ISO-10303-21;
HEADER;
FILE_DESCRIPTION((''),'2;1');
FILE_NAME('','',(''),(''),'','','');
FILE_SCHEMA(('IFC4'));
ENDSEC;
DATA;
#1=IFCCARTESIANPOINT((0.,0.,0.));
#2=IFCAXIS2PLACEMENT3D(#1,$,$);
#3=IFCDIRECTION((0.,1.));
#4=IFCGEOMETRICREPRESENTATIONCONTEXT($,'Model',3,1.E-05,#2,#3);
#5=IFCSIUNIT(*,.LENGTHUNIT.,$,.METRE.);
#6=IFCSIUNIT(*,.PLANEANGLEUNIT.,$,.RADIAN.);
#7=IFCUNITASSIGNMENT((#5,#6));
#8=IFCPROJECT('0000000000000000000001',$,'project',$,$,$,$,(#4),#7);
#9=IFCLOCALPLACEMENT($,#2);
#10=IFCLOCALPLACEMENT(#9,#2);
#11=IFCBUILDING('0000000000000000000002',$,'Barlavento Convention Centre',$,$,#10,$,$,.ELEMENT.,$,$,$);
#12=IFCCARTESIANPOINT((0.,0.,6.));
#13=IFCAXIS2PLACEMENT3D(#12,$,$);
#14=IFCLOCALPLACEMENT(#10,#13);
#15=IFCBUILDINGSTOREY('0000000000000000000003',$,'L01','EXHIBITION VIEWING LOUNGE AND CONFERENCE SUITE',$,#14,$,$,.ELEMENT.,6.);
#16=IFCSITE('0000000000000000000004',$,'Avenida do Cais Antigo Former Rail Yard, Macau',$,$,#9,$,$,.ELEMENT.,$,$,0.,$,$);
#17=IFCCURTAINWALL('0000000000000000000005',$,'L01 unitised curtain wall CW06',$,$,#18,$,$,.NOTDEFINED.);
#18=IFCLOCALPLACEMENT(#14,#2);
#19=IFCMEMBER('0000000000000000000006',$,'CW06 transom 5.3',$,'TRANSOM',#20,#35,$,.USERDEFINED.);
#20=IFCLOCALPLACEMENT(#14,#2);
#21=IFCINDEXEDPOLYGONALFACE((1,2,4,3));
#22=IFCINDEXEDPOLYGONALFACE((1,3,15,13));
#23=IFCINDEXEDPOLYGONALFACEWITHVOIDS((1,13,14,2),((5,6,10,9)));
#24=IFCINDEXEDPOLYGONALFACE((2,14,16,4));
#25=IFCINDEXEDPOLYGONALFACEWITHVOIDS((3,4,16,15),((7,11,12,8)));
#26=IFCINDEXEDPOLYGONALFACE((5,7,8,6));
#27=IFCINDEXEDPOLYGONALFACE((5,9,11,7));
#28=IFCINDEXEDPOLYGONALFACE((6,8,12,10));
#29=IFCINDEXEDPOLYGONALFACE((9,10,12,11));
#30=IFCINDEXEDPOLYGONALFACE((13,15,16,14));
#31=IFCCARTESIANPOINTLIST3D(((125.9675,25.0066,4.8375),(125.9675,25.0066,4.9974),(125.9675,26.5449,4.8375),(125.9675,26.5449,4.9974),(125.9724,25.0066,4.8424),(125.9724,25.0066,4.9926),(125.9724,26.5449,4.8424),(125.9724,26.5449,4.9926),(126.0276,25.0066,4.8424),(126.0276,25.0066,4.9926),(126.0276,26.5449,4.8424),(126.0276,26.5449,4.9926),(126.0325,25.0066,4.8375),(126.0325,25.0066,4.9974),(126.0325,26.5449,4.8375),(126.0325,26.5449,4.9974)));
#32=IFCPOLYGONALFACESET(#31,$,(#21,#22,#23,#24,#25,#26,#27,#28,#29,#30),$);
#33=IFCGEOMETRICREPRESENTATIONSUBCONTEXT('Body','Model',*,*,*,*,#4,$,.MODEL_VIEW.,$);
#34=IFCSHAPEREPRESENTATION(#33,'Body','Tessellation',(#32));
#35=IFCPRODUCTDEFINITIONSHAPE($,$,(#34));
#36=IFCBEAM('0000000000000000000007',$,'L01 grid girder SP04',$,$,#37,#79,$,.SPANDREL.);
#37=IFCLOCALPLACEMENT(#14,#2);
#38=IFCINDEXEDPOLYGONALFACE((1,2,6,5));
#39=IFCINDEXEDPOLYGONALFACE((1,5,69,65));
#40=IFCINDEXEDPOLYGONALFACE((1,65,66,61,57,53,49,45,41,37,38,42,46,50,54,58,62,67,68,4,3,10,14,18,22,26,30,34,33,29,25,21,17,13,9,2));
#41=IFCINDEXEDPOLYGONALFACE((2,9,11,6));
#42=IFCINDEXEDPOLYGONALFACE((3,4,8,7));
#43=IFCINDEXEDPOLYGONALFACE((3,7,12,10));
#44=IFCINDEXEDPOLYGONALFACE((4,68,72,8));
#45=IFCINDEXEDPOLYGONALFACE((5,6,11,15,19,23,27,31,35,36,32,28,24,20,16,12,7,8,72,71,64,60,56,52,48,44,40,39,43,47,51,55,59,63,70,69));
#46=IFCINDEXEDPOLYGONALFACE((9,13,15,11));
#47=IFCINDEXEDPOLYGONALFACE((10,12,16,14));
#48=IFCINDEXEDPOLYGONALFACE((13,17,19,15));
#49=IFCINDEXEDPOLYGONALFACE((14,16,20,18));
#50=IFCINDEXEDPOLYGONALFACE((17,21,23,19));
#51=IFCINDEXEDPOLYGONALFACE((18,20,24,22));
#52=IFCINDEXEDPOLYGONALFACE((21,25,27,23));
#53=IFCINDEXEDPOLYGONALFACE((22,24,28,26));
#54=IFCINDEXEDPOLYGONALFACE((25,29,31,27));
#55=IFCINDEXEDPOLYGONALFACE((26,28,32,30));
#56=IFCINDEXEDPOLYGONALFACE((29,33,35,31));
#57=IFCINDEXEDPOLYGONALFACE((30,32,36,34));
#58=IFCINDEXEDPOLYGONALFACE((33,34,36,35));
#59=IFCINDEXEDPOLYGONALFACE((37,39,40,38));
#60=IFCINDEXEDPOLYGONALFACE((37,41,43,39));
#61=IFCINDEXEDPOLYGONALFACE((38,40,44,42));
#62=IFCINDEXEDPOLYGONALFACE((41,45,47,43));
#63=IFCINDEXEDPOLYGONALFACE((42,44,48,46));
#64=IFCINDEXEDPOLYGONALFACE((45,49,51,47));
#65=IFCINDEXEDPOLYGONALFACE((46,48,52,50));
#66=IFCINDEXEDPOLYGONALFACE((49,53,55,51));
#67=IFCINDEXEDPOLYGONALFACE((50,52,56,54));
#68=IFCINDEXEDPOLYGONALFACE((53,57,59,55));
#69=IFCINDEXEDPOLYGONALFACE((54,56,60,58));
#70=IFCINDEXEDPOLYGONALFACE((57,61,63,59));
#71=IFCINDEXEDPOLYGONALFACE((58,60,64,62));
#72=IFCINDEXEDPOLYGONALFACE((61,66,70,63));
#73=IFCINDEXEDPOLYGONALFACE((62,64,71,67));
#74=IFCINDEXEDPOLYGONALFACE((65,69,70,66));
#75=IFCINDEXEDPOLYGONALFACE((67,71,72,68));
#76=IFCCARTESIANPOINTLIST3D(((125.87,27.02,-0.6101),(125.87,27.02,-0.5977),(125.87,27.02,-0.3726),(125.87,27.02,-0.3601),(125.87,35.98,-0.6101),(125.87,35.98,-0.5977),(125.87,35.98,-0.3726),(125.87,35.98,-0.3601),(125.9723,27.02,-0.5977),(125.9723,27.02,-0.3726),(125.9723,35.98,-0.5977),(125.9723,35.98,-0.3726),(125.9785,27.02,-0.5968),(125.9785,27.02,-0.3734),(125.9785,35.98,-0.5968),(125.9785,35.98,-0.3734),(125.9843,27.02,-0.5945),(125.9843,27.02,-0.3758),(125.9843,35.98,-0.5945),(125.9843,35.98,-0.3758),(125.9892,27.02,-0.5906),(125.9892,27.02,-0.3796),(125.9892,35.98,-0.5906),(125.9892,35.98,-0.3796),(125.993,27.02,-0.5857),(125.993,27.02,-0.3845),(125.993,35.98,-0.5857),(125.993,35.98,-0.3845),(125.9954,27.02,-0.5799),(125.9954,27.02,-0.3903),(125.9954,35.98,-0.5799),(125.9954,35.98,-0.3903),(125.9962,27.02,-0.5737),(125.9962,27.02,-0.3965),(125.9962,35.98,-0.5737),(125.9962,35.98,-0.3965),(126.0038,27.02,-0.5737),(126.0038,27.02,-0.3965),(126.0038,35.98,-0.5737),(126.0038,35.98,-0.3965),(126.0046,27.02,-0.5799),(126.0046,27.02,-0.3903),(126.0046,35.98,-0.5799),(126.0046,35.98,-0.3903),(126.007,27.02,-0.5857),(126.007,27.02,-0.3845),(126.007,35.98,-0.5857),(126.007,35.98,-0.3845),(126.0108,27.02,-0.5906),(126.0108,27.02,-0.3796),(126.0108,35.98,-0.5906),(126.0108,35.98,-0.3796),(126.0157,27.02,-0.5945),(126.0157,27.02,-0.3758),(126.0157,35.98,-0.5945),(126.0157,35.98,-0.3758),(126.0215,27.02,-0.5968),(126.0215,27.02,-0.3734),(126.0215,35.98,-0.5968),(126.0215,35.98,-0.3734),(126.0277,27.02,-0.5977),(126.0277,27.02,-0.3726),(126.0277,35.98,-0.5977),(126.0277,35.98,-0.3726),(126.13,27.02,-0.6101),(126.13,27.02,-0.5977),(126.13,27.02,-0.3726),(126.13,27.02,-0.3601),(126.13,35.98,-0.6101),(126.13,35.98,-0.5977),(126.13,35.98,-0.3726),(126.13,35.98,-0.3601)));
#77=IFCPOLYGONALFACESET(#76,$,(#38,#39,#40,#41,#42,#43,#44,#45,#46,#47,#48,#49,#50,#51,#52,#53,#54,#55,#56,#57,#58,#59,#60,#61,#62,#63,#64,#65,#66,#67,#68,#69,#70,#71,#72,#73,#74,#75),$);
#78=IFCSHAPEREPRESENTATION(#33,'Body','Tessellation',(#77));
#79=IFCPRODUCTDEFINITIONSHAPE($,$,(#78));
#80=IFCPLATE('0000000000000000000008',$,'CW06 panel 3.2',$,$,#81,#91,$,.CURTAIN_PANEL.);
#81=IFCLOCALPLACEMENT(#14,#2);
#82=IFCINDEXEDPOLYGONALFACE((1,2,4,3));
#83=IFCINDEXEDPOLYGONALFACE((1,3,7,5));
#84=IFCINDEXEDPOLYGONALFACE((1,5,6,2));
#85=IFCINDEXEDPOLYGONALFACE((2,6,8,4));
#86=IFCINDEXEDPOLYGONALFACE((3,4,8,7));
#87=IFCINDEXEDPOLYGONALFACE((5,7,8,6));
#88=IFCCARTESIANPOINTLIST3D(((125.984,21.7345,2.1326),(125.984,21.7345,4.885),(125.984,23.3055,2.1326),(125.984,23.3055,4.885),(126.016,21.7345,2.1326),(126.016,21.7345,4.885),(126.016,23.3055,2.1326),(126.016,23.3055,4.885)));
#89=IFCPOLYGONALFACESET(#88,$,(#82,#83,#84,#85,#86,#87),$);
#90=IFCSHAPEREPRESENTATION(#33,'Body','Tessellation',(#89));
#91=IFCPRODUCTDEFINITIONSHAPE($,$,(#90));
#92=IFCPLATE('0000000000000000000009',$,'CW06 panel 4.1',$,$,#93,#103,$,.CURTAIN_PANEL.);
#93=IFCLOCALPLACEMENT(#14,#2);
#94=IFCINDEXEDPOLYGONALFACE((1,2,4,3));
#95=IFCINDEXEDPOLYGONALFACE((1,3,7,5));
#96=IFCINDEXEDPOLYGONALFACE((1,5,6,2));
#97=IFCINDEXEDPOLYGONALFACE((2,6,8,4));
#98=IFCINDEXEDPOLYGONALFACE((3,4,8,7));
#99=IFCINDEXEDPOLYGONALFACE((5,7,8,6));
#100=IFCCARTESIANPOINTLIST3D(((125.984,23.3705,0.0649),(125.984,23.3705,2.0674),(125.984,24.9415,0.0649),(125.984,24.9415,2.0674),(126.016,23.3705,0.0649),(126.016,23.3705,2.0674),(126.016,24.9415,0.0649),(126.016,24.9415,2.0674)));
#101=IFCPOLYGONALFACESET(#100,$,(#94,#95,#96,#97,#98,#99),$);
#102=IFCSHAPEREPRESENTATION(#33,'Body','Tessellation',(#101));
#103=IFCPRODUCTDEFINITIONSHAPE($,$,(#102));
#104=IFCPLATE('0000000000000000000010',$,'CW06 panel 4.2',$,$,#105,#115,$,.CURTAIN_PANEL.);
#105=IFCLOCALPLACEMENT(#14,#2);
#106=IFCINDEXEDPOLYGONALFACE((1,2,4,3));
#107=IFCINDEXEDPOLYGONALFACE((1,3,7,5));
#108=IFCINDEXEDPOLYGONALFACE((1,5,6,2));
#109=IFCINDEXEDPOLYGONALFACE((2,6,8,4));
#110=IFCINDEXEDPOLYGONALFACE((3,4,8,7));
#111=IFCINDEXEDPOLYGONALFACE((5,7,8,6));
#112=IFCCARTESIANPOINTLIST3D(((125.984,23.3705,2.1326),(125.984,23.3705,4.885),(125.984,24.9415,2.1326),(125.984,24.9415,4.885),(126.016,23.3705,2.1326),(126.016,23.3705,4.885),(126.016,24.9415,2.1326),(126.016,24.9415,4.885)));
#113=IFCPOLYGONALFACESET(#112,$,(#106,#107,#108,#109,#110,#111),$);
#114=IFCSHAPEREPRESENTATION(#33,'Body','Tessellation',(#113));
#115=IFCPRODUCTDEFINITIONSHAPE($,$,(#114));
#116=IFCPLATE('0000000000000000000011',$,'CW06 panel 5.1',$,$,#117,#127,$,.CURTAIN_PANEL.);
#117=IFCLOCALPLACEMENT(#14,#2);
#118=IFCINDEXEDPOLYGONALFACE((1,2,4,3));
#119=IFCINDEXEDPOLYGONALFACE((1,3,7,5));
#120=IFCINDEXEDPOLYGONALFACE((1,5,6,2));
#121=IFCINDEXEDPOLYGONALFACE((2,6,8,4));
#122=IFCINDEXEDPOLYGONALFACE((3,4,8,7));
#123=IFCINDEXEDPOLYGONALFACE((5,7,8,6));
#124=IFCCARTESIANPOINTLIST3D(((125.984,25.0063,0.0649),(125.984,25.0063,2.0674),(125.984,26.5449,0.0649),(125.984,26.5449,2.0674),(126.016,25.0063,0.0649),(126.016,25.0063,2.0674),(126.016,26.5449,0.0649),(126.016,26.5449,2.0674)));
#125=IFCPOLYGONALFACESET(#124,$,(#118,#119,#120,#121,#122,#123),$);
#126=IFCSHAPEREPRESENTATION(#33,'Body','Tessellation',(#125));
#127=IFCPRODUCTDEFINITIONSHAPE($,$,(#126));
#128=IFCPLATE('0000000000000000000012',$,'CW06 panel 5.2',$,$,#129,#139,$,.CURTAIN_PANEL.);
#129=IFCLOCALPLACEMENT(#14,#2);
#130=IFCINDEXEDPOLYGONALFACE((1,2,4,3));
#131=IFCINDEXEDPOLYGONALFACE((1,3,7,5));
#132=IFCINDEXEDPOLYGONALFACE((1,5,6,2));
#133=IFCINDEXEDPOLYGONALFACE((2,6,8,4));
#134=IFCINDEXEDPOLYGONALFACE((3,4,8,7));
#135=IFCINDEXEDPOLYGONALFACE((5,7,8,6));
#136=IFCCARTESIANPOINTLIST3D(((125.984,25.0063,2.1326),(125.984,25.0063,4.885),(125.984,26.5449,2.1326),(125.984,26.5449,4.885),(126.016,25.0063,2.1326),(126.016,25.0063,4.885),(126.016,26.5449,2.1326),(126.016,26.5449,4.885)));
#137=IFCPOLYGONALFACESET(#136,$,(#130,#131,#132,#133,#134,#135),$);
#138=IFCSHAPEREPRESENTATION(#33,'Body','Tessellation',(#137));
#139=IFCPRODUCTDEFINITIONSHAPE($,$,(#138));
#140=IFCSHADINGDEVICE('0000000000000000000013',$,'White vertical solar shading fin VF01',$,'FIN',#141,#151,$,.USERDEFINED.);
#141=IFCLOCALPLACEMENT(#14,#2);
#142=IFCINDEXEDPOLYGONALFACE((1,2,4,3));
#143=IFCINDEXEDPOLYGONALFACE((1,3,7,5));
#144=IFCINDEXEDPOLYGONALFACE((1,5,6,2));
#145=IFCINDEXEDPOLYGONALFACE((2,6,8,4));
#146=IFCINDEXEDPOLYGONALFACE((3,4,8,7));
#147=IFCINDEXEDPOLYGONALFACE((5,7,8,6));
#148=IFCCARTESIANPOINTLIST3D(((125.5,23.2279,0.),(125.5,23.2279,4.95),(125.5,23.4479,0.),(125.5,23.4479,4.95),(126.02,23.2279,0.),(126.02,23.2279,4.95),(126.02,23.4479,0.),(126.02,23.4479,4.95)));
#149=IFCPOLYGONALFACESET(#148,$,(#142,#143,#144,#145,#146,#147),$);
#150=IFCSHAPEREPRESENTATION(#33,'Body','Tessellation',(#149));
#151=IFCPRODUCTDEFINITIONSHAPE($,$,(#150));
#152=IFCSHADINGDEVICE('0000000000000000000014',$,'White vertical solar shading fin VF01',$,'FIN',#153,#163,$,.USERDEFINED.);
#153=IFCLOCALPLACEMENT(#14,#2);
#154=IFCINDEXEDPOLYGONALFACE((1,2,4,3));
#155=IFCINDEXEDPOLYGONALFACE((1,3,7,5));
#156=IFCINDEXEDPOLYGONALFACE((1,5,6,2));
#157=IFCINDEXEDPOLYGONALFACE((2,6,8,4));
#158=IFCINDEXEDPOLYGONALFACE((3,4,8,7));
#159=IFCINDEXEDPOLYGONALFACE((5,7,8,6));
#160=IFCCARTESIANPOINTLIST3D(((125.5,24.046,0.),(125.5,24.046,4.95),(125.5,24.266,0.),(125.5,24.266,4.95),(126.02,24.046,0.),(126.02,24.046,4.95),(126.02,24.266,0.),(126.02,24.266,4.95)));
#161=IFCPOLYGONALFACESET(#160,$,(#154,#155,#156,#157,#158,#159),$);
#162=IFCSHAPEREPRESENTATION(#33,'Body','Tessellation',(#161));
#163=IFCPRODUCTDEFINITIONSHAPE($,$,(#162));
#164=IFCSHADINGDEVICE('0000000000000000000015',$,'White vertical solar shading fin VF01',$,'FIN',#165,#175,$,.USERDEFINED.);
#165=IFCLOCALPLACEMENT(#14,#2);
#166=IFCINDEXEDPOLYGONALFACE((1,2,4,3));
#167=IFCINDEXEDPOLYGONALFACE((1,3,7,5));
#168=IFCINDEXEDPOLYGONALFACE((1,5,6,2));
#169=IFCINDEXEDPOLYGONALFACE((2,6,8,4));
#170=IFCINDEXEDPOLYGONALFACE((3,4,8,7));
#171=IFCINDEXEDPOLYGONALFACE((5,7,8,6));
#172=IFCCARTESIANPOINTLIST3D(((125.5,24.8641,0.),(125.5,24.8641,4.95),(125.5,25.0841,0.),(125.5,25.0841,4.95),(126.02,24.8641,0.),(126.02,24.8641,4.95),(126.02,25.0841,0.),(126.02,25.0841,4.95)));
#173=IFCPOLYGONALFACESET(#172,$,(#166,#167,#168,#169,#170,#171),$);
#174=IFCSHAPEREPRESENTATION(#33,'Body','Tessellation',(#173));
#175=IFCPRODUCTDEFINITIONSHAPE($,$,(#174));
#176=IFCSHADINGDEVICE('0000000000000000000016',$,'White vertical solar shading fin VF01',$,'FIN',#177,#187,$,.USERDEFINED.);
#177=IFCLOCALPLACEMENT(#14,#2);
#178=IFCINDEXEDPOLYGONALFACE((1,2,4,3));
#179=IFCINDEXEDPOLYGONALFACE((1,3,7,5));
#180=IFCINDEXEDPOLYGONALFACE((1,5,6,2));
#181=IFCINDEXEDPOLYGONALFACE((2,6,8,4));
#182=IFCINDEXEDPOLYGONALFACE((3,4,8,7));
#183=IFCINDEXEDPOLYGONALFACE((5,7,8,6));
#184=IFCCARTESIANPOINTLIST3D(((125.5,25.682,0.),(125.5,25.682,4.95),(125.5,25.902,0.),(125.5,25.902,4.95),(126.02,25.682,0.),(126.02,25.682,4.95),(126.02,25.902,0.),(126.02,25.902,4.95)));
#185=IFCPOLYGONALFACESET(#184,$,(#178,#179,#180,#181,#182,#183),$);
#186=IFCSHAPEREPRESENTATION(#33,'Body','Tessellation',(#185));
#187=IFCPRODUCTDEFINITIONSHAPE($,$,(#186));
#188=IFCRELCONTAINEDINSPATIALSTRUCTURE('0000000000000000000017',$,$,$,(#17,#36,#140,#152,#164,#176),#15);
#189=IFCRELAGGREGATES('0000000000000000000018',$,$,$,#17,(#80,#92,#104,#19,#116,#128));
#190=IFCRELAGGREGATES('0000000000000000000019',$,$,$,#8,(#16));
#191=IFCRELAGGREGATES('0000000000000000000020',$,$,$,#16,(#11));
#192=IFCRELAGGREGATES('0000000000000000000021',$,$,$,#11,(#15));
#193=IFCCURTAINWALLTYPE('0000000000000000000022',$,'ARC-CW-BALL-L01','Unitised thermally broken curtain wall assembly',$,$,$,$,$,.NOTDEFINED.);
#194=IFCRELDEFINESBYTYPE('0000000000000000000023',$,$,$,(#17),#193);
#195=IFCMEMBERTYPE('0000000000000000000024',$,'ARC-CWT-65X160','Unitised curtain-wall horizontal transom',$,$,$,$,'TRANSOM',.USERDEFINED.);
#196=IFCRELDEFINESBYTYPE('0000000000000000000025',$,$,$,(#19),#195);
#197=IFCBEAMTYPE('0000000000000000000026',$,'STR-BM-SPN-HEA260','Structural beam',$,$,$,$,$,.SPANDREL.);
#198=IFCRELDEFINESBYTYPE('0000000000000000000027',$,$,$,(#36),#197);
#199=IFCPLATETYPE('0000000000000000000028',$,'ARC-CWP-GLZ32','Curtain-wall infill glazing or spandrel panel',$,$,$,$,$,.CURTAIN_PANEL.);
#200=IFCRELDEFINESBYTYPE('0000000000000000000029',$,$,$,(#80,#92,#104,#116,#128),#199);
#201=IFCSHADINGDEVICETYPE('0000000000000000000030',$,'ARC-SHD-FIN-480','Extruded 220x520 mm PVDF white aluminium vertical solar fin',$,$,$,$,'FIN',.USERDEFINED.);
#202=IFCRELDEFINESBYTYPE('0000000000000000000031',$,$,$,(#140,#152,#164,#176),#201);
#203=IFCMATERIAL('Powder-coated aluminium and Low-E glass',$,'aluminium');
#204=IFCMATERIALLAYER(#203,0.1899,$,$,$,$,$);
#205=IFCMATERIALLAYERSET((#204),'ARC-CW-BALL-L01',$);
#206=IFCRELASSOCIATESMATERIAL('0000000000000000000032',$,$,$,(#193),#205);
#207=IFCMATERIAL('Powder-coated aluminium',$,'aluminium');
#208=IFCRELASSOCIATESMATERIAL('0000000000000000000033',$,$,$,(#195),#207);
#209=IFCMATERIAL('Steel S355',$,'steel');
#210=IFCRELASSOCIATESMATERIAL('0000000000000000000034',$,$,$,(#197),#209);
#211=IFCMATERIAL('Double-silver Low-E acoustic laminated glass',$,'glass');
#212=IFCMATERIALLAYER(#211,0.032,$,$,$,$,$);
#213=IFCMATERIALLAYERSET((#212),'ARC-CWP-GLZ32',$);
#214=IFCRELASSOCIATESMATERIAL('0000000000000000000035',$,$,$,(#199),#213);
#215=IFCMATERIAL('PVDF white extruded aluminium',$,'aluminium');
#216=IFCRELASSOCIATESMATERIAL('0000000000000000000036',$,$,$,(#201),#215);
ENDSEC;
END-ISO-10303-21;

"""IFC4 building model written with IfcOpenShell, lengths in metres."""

from ifc_helpers import new_model, si_unit, direction, frame, origin, origin_2d, place, context, subcontext, project, spatial, rectangle, hollow_rectangle, i_section, extrude, material, layer, layer_set, material_profile, profile_set, type_object, element, aggregate, save


model = new_model("IFC4")

# Units and contexts
model_context = context("Model", 3, precision=1e-05, world=origin(), true_north=direction((0.0, 1.0)))
body_context = subcontext(model_context, "Body", "Model", "MODEL_VIEW")
ifc_project = project(units=[si_unit("LENGTHUNIT", "METRE"), si_unit("PLANEANGLEUNIT", "RADIAN")], contexts=[model_context])

# Site, building, storey
site_placement = place(None, origin())
site = spatial("IfcSite", under=ifc_project, at=site_placement, Name="Avenida do Cais Antigo Former Rail Yard, Macau", CompositionType="ELEMENT", RefElevation=0.0)
building_placement = place(site_placement, origin())
building = spatial("IfcBuilding", under=site, at=building_placement, Name="Barlavento Convention Centre", CompositionType="ELEMENT")
storey_placement = place(building_placement, frame((0.0, 0.0, 6.0)))
storey = spatial("IfcBuildingStorey", under=building, at=storey_placement, Name="L01", Description="EXHIBITION VIEWING LOUNGE AND CONFERENCE SUITE", CompositionType="ELEMENT", Elevation=6.0)

# Shared definitions
ifc_material_1 = material(Name="Steel S355", Category="steel")

# Curtain wall, member
ifc_material_2 = material(Name="Powder-coated aluminium and Low-E glass", Category="aluminium")
ifc_layer_1 = layer(ifc_material_2, 0.1899)
ifc_layer_set_1 = layer_set([ifc_layer_1], Name="ARC-CW-BALL-L01")
curtain_wall_type = type_object("IfcCurtainWallType", Name="ARC-CW-BALL-L01", Description="Unitised thermally broken curtain wall assembly", PredefinedType="NOTDEFINED", material=ifc_layer_set_1)
curtain_wall_placement = place(storey_placement, origin())
curtain_wall = element("IfcCurtainWall", 1, at=curtain_wall_placement, inside=storey, type_object=curtain_wall_type, Name="L01 unitised curtain wall CW06", PredefinedType="NOTDEFINED")
ifc_material_3 = material(Name="Powder-coated aluminium", Category="aluminium")
ifc_material_profile_1 = material_profile(ifc_material_3, hollow_rectangle(XDim=0.0649, YDim=0.1599, WallThickness=0.0049, at=origin_2d()), Name="AL-TRAN 65x160x5")
ifc_profile_set_1 = profile_set([ifc_material_profile_1], Name="Powder-coated aluminium")
member_type_1 = type_object("IfcMemberType", Name="ARC-CWT-65X160", Description="Unitised curtain-wall horizontal transom", ElementType="TRANSOM", PredefinedType="USERDEFINED", material=ifc_profile_set_1)
member_1_placement = place(storey_placement, frame((126.0, 25.0066, 4.9175), z_axis=(0.0, 1.0, 0.0), x_axis=(-1.0, 0.0, 0.0)))
member_1 = element("IfcMember", 2, at=member_1_placement, type_object=member_type_1, Name="CW06 transom 5.3", ObjectType="TRANSOM", PredefinedType="USERDEFINED", context=body_context, shape_type="SweptSolid", body=[
    extrude(hollow_rectangle(XDim=0.0649, YDim=0.1599, WallThickness=0.0049, at=origin_2d()), origin(), (0.0, 0.0, 1.0), 1.5383),
])

# Beam
ifc_material_profile_2 = material_profile(ifc_material_1, i_section(OverallWidth=0.26, OverallDepth=0.25, WebThickness=0.0076, FlangeThickness=0.0125, FilletRadius=0.0239, at=origin_2d()), Name="HEA 260")
ifc_profile_set_2 = profile_set([ifc_material_profile_2], Name="Steel S355")
beam_type = type_object("IfcBeamType", Name="STR-BM-SPN-HEA260", Description="Structural beam", PredefinedType="SPANDREL", material=ifc_profile_set_2)
beam_placement = place(storey_placement, frame((126.0, 27.02, -0.4851), z_axis=(0.0, 1.0, 0.0), x_axis=(-1.0, 0.0, 0.0)))
element("IfcBeam", 3, at=beam_placement, inside=storey, type_object=beam_type, Name="L01 grid girder SP04", PredefinedType="SPANDREL", context=body_context, shape_type="SweptSolid", body=[
    extrude(i_section(OverallWidth=0.26, OverallDepth=0.25, WebThickness=0.0076, FlangeThickness=0.0125, FilletRadius=0.0239, at=origin_2d()), origin(), (0.0, 0.0, 1.0), 8.96),
])

# Plates
ifc_material_4 = material(Name="Double-silver Low-E acoustic laminated glass", Category="glass")
ifc_layer_2 = layer(ifc_material_4, 0.032)
ifc_layer_set_2 = layer_set([ifc_layer_2], Name="ARC-CWP-GLZ32")
plate_type = type_object("IfcPlateType", Name="ARC-CWP-GLZ32", Description="Curtain-wall infill glazing or spandrel panel", PredefinedType="CURTAIN_PANEL", material=ifc_layer_set_2)
plate_1_placement = place(storey_placement, frame((126.0, 22.52, 2.1326), z_axis=(0.0, 0.0, 1.0), x_axis=(0.0, 1.0, 0.0)))
plate_1 = element("IfcPlate", 4, at=plate_1_placement, type_object=plate_type, Name="CW06 panel 3.2", PredefinedType="CURTAIN_PANEL", context=body_context, shape_type="SweptSolid", body=[
    extrude(rectangle(XDim=1.571, YDim=0.032, at=origin_2d()), origin(), (0.0, 0.0, 1.0), 2.7524),
])
plate_2_placement = place(storey_placement, frame((126.0, 24.156, 0.0649), z_axis=(0.0, 0.0, 1.0), x_axis=(0.0, 1.0, 0.0)))
plate_2 = element("IfcPlate", 5, at=plate_2_placement, type_object=plate_type, Name="CW06 panel 4.1", PredefinedType="CURTAIN_PANEL", context=body_context, shape_type="SweptSolid", body=[
    extrude(rectangle(XDim=1.571, YDim=0.032, at=origin_2d()), origin(), (0.0, 0.0, 1.0), 2.0024),
])
plate_3_placement = place(storey_placement, frame((126.0, 24.156, 2.1326), z_axis=(0.0, 0.0, 1.0), x_axis=(0.0, 1.0, 0.0)))
plate_3 = element("IfcPlate", 6, at=plate_3_placement, type_object=plate_type, Name="CW06 panel 4.2", PredefinedType="CURTAIN_PANEL", context=body_context, shape_type="SweptSolid", body=[
    extrude(rectangle(XDim=1.571, YDim=0.032, at=origin_2d()), origin(), (0.0, 0.0, 1.0), 2.7524),
])
plate_4_placement = place(storey_placement, frame((126.0, 25.7756, 0.0649), z_axis=(0.0, 0.0, 1.0), x_axis=(0.0, 1.0, 0.0)))
plate_4 = element("IfcPlate", 7, at=plate_4_placement, type_object=plate_type, Name="CW06 panel 5.1", PredefinedType="CURTAIN_PANEL", context=body_context, shape_type="SweptSolid", body=[
    extrude(rectangle(XDim=1.5386, YDim=0.032, at=origin_2d()), origin(), (0.0, 0.0, 1.0), 2.0024),
])
plate_5_placement = place(storey_placement, frame((126.0, 25.7756, 2.1326), z_axis=(0.0, 0.0, 1.0), x_axis=(0.0, 1.0, 0.0)))
plate_5 = element("IfcPlate", 8, at=plate_5_placement, type_object=plate_type, Name="CW06 panel 5.2", PredefinedType="CURTAIN_PANEL", context=body_context, shape_type="SweptSolid", body=[
    extrude(rectangle(XDim=1.5386, YDim=0.032, at=origin_2d()), origin(), (0.0, 0.0, 1.0), 2.7524),
])
aggregate(curtain_wall, [plate_1, plate_2, plate_3, member_1, plate_4, plate_5])

# Shading devices
ifc_material_5 = material(Name="PVDF white extruded aluminium", Category="aluminium")
shading_device_type = type_object("IfcShadingDeviceType", Name="ARC-SHD-FIN-480", Description="Extruded 220x520 mm PVDF white aluminium vertical solar fin", ElementType="FIN", PredefinedType="USERDEFINED", material=ifc_material_5)
for number, where, z_axis, x_axis, name in (
    (9, (125.76, 23.3379, 0.0), (0.0, 0.0, 1.0), (0.0, 1.0, 0.0), "White vertical solar shading fin VF01"),
    (10, (125.76, 24.156, 0.0), (0.0, 0.0, 1.0), (0.0, 1.0, 0.0), "White vertical solar shading fin VF01"),
    (11, (125.76, 24.9741, 0.0), (0.0, 0.0, 1.0), (0.0, 1.0, 0.0), "White vertical solar shading fin VF01"),
    (12, (125.76, 25.792, 0.0), (0.0, 0.0, 1.0), (0.0, 1.0, 0.0), "White vertical solar shading fin VF01"),
):
    element("IfcShadingDevice", number, at=place(storey_placement, frame(where, z_axis=z_axis, x_axis=x_axis)), inside=storey, type_object=shading_device_type, Name=name, ObjectType="FIN", PredefinedType="USERDEFINED", context=body_context, shape_type="SweptSolid", body=[
        extrude(rectangle(XDim=0.22, YDim=0.52, at=origin_2d()), origin(), (0.0, 0.0, 1.0), 4.95),
    ])

save(model, "model.ifc")
